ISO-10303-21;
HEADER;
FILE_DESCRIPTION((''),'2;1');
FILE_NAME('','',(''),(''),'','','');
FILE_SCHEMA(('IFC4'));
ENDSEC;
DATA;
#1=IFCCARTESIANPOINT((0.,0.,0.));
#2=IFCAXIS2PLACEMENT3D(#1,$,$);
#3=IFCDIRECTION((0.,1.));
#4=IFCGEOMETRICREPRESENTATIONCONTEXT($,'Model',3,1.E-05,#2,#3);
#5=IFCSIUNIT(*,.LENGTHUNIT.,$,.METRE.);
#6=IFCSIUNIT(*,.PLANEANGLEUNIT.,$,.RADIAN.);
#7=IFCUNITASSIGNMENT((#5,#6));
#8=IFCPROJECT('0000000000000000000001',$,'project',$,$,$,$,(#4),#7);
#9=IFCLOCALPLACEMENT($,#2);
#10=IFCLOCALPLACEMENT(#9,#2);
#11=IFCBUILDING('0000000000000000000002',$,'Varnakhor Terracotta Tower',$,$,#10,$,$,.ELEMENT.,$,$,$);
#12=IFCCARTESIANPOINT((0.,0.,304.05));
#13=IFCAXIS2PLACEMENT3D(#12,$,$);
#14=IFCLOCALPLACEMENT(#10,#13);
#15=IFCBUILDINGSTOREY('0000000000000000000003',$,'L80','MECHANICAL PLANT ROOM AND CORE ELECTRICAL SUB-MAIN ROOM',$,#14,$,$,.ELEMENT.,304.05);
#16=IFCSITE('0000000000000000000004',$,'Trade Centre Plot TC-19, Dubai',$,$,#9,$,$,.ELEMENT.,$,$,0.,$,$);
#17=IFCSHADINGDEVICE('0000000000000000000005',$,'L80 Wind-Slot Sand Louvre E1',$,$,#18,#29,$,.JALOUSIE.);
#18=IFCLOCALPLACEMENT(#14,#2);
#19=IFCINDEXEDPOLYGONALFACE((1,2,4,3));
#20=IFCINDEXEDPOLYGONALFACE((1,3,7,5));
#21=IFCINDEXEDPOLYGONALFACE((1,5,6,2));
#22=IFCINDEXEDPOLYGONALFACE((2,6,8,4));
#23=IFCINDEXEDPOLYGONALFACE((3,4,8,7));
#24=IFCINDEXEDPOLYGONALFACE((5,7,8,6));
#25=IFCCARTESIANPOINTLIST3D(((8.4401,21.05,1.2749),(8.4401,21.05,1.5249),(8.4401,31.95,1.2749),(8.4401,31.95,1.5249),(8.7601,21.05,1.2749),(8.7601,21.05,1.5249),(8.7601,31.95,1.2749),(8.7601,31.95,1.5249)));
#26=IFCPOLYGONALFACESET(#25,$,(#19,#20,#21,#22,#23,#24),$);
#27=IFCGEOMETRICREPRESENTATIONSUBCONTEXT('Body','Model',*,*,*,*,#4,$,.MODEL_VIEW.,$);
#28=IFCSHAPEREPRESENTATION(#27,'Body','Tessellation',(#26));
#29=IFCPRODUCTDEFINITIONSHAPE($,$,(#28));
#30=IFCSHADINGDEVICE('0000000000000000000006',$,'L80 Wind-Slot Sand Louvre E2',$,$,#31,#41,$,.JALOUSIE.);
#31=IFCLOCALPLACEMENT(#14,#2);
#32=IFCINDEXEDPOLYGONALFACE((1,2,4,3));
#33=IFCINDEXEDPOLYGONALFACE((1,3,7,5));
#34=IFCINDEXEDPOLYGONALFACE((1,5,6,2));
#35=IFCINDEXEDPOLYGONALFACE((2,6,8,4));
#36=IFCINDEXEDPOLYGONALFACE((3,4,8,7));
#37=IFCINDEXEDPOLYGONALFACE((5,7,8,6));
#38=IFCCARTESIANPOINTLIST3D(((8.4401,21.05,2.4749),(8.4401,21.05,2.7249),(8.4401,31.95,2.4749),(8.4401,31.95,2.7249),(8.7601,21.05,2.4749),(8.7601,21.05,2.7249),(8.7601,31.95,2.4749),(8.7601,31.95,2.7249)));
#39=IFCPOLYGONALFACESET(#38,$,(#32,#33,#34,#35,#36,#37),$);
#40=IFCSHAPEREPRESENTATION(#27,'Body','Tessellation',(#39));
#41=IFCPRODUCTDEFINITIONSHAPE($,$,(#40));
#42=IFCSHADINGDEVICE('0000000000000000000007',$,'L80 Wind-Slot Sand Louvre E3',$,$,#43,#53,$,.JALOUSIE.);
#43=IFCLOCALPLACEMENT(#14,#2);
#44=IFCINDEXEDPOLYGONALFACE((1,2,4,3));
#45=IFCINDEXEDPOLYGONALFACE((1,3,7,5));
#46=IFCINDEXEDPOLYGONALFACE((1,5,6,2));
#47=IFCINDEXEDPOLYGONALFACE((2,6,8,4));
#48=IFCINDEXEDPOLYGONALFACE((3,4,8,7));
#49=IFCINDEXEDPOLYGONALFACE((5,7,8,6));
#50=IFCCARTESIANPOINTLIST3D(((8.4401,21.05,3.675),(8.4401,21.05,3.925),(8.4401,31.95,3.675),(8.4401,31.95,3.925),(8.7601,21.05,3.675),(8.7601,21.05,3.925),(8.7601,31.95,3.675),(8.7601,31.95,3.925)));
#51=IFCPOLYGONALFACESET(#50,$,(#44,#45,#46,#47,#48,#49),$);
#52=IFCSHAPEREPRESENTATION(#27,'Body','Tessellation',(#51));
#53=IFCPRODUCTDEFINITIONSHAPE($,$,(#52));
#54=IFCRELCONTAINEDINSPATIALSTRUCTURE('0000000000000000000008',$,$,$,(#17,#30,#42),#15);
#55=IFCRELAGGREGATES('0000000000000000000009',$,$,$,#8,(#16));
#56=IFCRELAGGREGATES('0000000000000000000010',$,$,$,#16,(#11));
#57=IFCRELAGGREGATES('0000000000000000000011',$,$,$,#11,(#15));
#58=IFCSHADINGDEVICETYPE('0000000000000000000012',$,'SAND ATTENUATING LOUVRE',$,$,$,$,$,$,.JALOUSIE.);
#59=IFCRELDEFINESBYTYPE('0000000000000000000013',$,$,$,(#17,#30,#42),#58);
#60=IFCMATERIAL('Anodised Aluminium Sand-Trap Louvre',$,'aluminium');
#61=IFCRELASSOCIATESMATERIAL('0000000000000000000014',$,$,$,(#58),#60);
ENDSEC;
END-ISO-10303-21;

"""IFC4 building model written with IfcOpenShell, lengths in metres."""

from ifc_helpers import new_model, si_unit, direction, frame, origin, origin_2d, place, context, subcontext, project, spatial, rectangle, extrude, source, transform, mapped, material, type_object, type_shapes, element, save


model = new_model("IFC4")

# Units and contexts
model_context = context("Model", 3, precision=1e-05, world=origin(), true_north=direction((0.0, 1.0)))
body_context = subcontext(model_context, "Body", "Model", "MODEL_VIEW")
ifc_project = project(units=[si_unit("LENGTHUNIT", "METRE"), si_unit("PLANEANGLEUNIT", "RADIAN")], contexts=[model_context])

# Site, building, storey
site_placement = place(None, origin())
site = spatial("IfcSite", under=ifc_project, at=site_placement, Name="Trade Centre Plot TC-19, Dubai", CompositionType="ELEMENT", RefElevation=0.0)
building_placement = place(site_placement, origin())
building = spatial("IfcBuilding", under=site, at=building_placement, Name="Varnakhor Terracotta Tower", CompositionType="ELEMENT")
storey_placement = place(building_placement, frame((0.0, 0.0, 304.05)))
storey = spatial("IfcBuildingStorey", under=building, at=storey_placement, Name="L80", Description="MECHANICAL PLANT ROOM AND CORE ELECTRICAL SUB-MAIN ROOM", CompositionType="ELEMENT", Elevation=304.05)

# Shading devices
ifc_material_1 = material(Name="Anodised Aluminium Sand-Trap Louvre", Category="aluminium")
shading_device_type = type_object("IfcShadingDeviceType", Name="SAND ATTENUATING LOUVRE", PredefinedType="JALOUSIE", material=ifc_material_1)
shared_shape_1 = source(origin(), body_context, "Body", "SweptSolid", [
    extrude(rectangle(XDim=0.3201, YDim=10.8999, at=origin_2d()), origin(), (0.0, 0.0, 1.0), 0.25),
])
type_shapes(shading_device_type, [shared_shape_1])
for number, where, z_axis, x_axis, name in (
    (1, (8.6001, 26.5, 1.2749), (0.0, 0.0, 1.0), (1.0, 0.0, 0.0), "L80 Wind-Slot Sand Louvre E1"),
    (2, (8.6001, 26.5, 2.4749), (0.0, 0.0, 1.0), (1.0, 0.0, 0.0), "L80 Wind-Slot Sand Louvre E2"),
    (3, (8.6001, 26.5, 3.675), (0.0, 0.0, 1.0), (1.0, 0.0, 0.0), "L80 Wind-Slot Sand Louvre E3"),
):
    element("IfcShadingDevice", number, at=place(storey_placement, frame(where, z_axis=z_axis, x_axis=x_axis)), inside=storey, type_object=shading_device_type, Name=name, PredefinedType="JALOUSIE", context=body_context, shape_type="MappedRepresentation", body=[
        mapped(shared_shape_1, transform((0.0, 0.0, 0.0), scale=1.0)),
    ])

save(model, "model.ifc")
